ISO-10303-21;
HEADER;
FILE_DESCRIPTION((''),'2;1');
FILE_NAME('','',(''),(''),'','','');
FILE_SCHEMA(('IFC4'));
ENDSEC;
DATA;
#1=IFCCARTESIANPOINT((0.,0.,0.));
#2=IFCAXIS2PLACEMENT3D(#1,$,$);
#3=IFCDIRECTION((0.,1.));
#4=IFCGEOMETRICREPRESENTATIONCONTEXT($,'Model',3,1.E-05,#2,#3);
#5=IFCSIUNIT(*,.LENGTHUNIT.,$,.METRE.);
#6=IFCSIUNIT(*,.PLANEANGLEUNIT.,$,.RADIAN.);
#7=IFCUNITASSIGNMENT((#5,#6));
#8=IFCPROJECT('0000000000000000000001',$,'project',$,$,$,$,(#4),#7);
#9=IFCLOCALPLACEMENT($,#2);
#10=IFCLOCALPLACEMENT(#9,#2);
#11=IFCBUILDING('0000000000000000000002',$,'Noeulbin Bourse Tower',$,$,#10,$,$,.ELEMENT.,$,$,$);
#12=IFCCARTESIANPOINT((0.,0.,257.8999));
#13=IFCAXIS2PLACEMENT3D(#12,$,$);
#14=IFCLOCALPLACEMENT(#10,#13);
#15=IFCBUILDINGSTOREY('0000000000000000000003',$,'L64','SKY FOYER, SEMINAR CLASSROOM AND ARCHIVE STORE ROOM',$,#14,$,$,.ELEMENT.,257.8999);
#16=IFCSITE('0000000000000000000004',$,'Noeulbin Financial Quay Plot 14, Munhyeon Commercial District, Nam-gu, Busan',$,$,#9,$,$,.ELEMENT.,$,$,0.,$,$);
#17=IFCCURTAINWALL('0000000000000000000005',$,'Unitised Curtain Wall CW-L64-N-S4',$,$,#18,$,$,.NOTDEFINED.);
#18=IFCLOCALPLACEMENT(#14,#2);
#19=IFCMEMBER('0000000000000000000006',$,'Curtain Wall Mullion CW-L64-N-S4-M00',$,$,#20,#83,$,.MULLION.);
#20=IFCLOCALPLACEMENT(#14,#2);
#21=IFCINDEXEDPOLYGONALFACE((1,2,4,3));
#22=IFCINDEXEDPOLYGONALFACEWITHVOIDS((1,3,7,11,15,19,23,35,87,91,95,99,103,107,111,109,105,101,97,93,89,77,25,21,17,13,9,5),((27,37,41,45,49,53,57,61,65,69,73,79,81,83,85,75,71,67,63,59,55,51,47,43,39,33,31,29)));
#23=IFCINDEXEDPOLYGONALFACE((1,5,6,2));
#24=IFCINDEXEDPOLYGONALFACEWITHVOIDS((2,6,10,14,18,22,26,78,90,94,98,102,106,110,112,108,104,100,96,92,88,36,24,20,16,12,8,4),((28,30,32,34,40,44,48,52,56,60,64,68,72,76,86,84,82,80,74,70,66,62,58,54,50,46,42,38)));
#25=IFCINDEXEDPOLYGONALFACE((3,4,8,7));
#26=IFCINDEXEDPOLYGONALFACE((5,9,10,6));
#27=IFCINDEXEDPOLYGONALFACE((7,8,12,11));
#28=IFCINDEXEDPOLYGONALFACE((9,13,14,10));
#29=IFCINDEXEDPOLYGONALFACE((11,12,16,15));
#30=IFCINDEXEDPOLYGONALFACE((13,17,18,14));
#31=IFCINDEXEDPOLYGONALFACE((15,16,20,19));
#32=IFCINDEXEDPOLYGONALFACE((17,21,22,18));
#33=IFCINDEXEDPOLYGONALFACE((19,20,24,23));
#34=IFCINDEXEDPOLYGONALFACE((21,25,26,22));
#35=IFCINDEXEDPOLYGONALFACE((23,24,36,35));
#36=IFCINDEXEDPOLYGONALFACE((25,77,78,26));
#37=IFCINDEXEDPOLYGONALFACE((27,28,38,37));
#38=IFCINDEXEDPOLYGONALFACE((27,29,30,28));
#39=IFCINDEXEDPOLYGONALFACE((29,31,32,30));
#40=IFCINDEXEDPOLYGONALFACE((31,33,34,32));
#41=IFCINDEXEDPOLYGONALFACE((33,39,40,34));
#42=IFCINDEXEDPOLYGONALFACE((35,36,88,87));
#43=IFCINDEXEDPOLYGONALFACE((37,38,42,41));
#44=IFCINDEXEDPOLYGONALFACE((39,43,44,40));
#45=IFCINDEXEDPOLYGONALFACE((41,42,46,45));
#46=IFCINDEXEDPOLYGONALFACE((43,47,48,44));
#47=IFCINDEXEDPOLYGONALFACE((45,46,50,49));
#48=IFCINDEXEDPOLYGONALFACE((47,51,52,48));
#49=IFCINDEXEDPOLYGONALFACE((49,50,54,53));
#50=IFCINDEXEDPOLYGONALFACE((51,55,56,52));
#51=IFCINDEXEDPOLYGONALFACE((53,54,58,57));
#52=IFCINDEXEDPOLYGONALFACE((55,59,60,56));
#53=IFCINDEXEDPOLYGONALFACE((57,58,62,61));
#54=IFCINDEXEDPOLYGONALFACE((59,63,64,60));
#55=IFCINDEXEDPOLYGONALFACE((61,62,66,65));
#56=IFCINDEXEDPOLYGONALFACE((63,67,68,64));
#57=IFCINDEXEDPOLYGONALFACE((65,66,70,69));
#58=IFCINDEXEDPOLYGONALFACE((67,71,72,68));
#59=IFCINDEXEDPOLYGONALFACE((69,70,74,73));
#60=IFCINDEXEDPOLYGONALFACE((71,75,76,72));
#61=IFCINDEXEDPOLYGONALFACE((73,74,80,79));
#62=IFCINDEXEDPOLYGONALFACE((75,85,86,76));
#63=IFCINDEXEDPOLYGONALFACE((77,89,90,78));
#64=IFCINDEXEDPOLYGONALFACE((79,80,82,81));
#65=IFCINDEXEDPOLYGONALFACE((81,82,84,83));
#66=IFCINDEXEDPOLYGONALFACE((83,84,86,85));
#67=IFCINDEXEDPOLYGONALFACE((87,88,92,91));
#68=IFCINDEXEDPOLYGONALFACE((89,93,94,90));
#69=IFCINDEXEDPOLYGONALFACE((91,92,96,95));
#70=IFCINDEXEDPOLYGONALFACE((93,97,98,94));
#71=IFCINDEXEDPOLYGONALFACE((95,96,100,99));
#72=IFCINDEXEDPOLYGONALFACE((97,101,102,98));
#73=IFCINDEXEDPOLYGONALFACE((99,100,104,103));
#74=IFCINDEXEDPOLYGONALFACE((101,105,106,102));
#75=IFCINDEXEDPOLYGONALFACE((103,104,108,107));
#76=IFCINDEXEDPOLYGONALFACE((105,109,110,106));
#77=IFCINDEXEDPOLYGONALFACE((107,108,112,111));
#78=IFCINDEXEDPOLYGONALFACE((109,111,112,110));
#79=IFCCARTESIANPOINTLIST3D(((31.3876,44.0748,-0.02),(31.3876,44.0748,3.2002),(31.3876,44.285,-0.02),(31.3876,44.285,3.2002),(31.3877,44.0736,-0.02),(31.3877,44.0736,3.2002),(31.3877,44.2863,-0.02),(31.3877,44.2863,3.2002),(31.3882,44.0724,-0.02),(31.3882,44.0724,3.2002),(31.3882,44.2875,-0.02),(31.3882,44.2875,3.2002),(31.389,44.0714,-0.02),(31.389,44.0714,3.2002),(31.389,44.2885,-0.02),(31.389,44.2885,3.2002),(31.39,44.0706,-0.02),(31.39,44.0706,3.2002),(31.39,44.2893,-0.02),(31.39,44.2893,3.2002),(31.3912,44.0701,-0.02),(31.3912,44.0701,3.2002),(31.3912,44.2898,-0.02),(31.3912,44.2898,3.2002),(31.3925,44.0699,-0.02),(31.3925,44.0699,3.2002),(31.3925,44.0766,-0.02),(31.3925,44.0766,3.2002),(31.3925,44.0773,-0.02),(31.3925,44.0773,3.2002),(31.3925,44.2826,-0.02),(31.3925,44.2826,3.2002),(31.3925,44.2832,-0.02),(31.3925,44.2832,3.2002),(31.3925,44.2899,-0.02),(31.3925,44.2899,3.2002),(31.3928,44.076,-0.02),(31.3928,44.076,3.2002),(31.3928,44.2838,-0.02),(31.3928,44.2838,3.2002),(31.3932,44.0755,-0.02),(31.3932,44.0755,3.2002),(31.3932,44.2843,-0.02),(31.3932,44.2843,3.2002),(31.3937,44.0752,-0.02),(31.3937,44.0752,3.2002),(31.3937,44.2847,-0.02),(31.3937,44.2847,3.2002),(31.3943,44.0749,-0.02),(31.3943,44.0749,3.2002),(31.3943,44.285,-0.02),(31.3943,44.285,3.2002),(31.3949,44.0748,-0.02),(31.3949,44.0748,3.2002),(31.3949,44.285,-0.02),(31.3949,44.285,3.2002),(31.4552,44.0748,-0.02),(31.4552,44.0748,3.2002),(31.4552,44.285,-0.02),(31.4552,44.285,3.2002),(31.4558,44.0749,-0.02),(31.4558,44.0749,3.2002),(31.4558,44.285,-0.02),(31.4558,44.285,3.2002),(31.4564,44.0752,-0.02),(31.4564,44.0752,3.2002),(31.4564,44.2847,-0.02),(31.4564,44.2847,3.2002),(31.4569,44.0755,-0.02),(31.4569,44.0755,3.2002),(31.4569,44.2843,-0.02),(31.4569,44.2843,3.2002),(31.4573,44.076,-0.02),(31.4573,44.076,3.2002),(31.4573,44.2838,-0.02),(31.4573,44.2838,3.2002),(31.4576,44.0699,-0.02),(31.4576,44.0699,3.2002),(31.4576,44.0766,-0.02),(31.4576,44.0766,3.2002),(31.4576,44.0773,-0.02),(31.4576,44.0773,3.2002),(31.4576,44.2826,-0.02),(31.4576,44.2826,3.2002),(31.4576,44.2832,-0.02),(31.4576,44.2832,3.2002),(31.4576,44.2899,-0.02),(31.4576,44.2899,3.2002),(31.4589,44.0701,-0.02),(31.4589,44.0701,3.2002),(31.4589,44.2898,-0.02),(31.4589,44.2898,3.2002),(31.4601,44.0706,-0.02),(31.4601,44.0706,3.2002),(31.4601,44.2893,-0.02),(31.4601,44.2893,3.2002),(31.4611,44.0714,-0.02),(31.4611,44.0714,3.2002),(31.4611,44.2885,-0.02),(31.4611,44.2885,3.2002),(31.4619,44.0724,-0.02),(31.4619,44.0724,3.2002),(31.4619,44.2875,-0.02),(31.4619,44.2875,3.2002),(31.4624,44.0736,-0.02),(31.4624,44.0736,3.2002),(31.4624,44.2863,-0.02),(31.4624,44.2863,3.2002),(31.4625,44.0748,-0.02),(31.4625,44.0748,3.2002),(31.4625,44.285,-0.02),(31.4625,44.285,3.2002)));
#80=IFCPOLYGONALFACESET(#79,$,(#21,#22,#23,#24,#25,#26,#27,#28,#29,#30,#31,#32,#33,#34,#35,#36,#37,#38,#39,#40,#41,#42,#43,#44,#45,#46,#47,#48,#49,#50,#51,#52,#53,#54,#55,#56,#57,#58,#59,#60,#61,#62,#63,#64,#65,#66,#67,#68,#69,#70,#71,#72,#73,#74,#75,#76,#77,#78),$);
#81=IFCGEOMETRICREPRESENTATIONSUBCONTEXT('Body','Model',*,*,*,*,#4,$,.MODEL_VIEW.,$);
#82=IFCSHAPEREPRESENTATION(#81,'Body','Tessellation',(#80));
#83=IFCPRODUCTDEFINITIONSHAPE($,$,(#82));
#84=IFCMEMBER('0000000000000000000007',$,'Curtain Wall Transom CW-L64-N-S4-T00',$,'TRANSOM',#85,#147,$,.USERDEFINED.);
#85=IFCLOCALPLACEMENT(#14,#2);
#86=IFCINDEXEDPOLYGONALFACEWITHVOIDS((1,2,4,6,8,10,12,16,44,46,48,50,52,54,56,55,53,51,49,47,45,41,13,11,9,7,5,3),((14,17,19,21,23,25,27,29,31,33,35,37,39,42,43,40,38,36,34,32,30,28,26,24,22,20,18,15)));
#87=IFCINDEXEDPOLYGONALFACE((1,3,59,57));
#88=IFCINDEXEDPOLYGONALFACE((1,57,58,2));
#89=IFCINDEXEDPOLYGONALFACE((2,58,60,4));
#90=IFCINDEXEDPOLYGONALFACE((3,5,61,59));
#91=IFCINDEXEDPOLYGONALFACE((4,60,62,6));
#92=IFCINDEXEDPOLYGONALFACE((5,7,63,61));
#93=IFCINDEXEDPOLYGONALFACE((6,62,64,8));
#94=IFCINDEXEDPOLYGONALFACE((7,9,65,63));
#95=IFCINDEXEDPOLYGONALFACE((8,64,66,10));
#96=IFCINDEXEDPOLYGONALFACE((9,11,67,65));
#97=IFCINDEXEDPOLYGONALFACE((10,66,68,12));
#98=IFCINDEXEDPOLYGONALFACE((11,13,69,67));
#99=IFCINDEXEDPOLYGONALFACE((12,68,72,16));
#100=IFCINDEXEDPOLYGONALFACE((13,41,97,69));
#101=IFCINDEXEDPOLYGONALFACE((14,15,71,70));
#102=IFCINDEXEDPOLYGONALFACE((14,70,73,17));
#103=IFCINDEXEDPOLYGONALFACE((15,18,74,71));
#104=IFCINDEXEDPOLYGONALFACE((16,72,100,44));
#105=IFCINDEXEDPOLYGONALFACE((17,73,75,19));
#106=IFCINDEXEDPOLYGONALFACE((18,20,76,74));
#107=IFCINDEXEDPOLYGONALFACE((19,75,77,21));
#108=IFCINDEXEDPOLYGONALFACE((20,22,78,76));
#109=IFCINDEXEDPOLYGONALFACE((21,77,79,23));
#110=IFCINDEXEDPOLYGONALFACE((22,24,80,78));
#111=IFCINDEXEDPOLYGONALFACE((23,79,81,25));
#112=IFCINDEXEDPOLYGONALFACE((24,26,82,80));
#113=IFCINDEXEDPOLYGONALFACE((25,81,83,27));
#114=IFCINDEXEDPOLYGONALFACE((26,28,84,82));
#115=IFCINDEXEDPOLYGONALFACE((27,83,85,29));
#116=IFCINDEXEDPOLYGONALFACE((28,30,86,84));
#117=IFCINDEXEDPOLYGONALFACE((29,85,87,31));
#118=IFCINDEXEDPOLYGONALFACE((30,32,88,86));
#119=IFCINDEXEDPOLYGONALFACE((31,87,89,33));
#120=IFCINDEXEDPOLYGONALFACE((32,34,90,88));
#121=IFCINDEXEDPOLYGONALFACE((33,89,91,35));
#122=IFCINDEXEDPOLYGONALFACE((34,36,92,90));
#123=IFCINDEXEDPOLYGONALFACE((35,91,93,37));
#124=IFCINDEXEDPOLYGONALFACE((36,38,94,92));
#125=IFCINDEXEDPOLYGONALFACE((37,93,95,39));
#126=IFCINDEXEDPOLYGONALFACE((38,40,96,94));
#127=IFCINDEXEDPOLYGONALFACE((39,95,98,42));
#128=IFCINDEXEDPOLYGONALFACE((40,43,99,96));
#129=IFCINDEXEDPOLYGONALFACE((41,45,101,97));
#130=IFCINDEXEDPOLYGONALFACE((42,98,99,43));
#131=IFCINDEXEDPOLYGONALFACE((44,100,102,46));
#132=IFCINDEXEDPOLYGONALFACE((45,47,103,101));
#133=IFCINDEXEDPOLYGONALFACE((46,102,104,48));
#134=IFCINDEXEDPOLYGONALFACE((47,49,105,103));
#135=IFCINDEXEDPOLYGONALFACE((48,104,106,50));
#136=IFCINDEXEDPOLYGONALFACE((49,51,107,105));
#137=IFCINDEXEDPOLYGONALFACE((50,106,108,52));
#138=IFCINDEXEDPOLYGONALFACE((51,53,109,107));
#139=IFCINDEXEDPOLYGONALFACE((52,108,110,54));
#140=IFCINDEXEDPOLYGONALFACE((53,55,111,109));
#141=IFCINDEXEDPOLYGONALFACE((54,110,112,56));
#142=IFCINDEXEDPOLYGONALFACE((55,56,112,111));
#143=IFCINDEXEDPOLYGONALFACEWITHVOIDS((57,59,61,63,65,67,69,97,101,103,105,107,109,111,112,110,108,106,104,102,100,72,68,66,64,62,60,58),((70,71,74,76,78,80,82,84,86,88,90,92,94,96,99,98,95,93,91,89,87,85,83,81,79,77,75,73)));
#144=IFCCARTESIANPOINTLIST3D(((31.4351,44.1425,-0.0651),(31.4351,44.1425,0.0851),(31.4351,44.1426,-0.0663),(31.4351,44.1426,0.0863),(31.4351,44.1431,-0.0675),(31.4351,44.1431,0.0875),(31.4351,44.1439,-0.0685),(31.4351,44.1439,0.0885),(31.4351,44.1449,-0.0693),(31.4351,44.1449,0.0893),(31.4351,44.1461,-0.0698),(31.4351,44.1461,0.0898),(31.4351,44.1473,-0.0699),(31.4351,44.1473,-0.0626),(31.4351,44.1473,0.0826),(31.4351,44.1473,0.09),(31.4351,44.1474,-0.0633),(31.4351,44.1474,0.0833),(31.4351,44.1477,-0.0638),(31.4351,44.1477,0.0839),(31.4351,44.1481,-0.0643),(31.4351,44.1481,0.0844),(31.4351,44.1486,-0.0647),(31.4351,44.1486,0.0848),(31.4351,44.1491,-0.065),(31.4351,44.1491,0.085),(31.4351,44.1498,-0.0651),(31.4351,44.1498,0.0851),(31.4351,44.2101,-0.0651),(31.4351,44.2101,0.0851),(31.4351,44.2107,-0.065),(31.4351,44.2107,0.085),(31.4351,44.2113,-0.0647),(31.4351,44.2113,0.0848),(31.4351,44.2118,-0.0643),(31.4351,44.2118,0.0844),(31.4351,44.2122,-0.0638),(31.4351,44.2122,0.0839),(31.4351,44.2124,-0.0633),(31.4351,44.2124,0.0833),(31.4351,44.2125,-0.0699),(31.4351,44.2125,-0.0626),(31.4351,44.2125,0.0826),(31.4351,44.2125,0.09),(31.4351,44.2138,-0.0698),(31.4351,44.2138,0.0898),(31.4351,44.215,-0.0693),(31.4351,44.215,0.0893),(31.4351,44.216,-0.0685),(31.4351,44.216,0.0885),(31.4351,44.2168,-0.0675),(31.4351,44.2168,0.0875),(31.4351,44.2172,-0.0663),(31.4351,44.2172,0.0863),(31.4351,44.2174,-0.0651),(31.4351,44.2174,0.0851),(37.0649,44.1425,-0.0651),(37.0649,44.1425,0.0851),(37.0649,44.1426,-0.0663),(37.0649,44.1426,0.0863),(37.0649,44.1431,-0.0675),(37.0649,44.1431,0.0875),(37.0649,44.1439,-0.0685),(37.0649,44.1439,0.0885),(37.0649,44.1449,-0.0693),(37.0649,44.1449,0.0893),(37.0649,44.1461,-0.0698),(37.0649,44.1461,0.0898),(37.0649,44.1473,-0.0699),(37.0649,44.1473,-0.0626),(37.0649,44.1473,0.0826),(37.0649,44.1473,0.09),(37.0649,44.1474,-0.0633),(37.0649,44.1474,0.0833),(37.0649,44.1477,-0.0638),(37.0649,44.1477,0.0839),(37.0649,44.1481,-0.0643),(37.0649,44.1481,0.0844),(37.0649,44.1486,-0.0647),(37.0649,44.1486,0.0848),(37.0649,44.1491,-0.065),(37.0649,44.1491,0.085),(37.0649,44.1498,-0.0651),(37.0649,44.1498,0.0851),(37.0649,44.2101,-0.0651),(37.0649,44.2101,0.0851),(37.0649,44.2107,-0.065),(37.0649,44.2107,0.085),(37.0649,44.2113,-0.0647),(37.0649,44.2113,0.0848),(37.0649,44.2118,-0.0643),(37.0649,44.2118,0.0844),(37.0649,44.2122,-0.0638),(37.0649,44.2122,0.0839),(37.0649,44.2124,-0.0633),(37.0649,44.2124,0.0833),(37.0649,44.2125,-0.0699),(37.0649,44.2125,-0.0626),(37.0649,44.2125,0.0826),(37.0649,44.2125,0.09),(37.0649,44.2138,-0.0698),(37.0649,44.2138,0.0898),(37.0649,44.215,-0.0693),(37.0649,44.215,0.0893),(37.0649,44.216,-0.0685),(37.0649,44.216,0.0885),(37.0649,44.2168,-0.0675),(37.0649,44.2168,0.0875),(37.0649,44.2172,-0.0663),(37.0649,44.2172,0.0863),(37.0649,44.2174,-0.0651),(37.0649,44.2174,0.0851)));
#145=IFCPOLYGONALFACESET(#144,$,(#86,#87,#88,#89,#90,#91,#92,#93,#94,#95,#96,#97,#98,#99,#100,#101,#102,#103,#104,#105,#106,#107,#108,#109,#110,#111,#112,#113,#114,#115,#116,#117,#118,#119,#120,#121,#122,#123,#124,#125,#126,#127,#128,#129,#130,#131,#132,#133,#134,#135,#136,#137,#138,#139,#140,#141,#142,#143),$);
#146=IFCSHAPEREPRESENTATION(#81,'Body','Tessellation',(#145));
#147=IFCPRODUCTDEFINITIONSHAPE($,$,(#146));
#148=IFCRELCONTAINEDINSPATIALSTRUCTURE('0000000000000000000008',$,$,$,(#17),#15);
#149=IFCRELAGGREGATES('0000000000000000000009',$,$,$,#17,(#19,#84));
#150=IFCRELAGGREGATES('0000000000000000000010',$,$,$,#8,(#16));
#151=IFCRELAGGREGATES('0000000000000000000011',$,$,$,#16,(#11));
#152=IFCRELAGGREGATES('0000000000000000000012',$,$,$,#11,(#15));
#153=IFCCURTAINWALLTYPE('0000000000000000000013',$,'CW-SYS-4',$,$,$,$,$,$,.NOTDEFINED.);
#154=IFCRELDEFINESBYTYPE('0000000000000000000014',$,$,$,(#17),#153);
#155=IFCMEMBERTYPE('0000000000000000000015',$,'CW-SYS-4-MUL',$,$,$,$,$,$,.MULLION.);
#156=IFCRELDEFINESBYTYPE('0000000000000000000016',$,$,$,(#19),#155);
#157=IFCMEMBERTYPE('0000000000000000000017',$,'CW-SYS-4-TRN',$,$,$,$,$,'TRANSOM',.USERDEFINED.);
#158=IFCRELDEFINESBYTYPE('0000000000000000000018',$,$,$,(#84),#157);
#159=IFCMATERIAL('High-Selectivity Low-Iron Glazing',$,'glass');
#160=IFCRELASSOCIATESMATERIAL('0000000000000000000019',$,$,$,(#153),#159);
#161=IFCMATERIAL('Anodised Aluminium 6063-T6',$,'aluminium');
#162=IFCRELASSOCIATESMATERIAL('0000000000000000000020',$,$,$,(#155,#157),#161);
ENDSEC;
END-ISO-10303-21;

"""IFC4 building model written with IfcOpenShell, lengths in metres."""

from ifc_helpers import new_model, si_unit, direction, frame, origin, origin_2d, place, context, subcontext, project, spatial, hollow_rectangle, extrude, material, material_profile, profile_set, type_object, element, aggregate, save


model = new_model("IFC4")

# Units and contexts
model_context = context("Model", 3, precision=1e-05, world=origin(), true_north=direction((0.0, 1.0)))
body_context = subcontext(model_context, "Body", "Model", "MODEL_VIEW")
ifc_project = project(units=[si_unit("LENGTHUNIT", "METRE"), si_unit("PLANEANGLEUNIT", "RADIAN")], contexts=[model_context])

# Site, building, storey
site_placement = place(None, origin())
site = spatial("IfcSite", under=ifc_project, at=site_placement, Name="Noeulbin Financial Quay Plot 14, Munhyeon Commercial District, Nam-gu, Busan", CompositionType="ELEMENT", RefElevation=0.0)
building_placement = place(site_placement, origin())
building = spatial("IfcBuilding", under=site, at=building_placement, Name="Noeulbin Bourse Tower", CompositionType="ELEMENT")
storey_placement = place(building_placement, frame((0.0, 0.0, 257.8999)))
storey = spatial("IfcBuildingStorey", under=building, at=storey_placement, Name="L64", Description="SKY FOYER, SEMINAR CLASSROOM AND ARCHIVE STORE ROOM", CompositionType="ELEMENT", Elevation=257.8999)

# Curtain wall, members
ifc_material_1 = material(Name="High-Selectivity Low-Iron Glazing", Category="glass")
curtain_wall_type = type_object("IfcCurtainWallType", Name="CW-SYS-4", PredefinedType="NOTDEFINED", material=ifc_material_1)
curtain_wall_placement = place(storey_placement, origin())
curtain_wall = element("IfcCurtainWall", 1, at=curtain_wall_placement, inside=storey, type_object=curtain_wall_type, Name="Unitised Curtain Wall CW-L64-N-S4", PredefinedType="NOTDEFINED")
ifc_material_2 = material(Name="Anodised Aluminium 6063-T6", Category="aluminium")
ifc_material_profile_1 = material_profile(ifc_material_2, hollow_rectangle(XDim=0.075, YDim=0.22, WallThickness=0.0049, InnerFilletRadius=0.0024, OuterFilletRadius=0.0049, at=origin_2d()), Name="ALU-MULL-75x220x5", Category="LoadBearing")
ifc_profile_set_1 = profile_set([ifc_material_profile_1], Name="Anodised Aluminium 6063-T6")
member_type_1 = type_object("IfcMemberType", Name="CW-SYS-4-MUL", PredefinedType="MULLION", material=ifc_profile_set_1)
member_1_placement = place(storey_placement, frame((31.425, 44.1799, -0.02), z_axis=(0.0, 0.0, 1.0), x_axis=(1.0, 0.0, 0.0)))
member_1 = element("IfcMember", 2, at=member_1_placement, type_object=member_type_1, Name="Curtain Wall Mullion CW-L64-N-S4-M00", PredefinedType="MULLION", context=body_context, shape_type="SweptSolid", body=[
    extrude(hollow_rectangle(XDim=0.075, YDim=0.22, WallThickness=0.0049, InnerFilletRadius=0.0024, OuterFilletRadius=0.0049, at=origin_2d()), origin(), (0.0, 0.0, 1.0), 3.2202),
])
ifc_material_profile_2 = material_profile(ifc_material_2, hollow_rectangle(XDim=0.075, YDim=0.1599, WallThickness=0.0049, InnerFilletRadius=0.0024, OuterFilletRadius=0.0049, at=origin_2d()), Name="ALU-TRAN-75x160x5", Category="LoadBearing")
ifc_profile_set_2 = profile_set([ifc_material_profile_2], Name="Anodised Aluminium 6063-T6")
member_type_2 = type_object("IfcMemberType", Name="CW-SYS-4-TRN", ElementType="TRANSOM", PredefinedType="USERDEFINED", material=ifc_profile_set_2)
member_2_placement = place(storey_placement, frame((31.4351, 44.1799, 0.01), z_axis=(1.0, 0.0, 0.0), x_axis=(0.0, 1.0, 0.0)))
member_2 = element("IfcMember", 3, at=member_2_placement, type_object=member_type_2, Name="Curtain Wall Transom CW-L64-N-S4-T00", ObjectType="TRANSOM", PredefinedType="USERDEFINED", context=body_context, shape_type="SweptSolid", body=[
    extrude(hollow_rectangle(XDim=0.075, YDim=0.1599, WallThickness=0.0049, InnerFilletRadius=0.0024, OuterFilletRadius=0.0049, at=origin_2d()), origin(), (0.0, 0.0, 1.0), 5.6299),
])
aggregate(curtain_wall, [member_1, member_2])

save(model, "model.ifc")
